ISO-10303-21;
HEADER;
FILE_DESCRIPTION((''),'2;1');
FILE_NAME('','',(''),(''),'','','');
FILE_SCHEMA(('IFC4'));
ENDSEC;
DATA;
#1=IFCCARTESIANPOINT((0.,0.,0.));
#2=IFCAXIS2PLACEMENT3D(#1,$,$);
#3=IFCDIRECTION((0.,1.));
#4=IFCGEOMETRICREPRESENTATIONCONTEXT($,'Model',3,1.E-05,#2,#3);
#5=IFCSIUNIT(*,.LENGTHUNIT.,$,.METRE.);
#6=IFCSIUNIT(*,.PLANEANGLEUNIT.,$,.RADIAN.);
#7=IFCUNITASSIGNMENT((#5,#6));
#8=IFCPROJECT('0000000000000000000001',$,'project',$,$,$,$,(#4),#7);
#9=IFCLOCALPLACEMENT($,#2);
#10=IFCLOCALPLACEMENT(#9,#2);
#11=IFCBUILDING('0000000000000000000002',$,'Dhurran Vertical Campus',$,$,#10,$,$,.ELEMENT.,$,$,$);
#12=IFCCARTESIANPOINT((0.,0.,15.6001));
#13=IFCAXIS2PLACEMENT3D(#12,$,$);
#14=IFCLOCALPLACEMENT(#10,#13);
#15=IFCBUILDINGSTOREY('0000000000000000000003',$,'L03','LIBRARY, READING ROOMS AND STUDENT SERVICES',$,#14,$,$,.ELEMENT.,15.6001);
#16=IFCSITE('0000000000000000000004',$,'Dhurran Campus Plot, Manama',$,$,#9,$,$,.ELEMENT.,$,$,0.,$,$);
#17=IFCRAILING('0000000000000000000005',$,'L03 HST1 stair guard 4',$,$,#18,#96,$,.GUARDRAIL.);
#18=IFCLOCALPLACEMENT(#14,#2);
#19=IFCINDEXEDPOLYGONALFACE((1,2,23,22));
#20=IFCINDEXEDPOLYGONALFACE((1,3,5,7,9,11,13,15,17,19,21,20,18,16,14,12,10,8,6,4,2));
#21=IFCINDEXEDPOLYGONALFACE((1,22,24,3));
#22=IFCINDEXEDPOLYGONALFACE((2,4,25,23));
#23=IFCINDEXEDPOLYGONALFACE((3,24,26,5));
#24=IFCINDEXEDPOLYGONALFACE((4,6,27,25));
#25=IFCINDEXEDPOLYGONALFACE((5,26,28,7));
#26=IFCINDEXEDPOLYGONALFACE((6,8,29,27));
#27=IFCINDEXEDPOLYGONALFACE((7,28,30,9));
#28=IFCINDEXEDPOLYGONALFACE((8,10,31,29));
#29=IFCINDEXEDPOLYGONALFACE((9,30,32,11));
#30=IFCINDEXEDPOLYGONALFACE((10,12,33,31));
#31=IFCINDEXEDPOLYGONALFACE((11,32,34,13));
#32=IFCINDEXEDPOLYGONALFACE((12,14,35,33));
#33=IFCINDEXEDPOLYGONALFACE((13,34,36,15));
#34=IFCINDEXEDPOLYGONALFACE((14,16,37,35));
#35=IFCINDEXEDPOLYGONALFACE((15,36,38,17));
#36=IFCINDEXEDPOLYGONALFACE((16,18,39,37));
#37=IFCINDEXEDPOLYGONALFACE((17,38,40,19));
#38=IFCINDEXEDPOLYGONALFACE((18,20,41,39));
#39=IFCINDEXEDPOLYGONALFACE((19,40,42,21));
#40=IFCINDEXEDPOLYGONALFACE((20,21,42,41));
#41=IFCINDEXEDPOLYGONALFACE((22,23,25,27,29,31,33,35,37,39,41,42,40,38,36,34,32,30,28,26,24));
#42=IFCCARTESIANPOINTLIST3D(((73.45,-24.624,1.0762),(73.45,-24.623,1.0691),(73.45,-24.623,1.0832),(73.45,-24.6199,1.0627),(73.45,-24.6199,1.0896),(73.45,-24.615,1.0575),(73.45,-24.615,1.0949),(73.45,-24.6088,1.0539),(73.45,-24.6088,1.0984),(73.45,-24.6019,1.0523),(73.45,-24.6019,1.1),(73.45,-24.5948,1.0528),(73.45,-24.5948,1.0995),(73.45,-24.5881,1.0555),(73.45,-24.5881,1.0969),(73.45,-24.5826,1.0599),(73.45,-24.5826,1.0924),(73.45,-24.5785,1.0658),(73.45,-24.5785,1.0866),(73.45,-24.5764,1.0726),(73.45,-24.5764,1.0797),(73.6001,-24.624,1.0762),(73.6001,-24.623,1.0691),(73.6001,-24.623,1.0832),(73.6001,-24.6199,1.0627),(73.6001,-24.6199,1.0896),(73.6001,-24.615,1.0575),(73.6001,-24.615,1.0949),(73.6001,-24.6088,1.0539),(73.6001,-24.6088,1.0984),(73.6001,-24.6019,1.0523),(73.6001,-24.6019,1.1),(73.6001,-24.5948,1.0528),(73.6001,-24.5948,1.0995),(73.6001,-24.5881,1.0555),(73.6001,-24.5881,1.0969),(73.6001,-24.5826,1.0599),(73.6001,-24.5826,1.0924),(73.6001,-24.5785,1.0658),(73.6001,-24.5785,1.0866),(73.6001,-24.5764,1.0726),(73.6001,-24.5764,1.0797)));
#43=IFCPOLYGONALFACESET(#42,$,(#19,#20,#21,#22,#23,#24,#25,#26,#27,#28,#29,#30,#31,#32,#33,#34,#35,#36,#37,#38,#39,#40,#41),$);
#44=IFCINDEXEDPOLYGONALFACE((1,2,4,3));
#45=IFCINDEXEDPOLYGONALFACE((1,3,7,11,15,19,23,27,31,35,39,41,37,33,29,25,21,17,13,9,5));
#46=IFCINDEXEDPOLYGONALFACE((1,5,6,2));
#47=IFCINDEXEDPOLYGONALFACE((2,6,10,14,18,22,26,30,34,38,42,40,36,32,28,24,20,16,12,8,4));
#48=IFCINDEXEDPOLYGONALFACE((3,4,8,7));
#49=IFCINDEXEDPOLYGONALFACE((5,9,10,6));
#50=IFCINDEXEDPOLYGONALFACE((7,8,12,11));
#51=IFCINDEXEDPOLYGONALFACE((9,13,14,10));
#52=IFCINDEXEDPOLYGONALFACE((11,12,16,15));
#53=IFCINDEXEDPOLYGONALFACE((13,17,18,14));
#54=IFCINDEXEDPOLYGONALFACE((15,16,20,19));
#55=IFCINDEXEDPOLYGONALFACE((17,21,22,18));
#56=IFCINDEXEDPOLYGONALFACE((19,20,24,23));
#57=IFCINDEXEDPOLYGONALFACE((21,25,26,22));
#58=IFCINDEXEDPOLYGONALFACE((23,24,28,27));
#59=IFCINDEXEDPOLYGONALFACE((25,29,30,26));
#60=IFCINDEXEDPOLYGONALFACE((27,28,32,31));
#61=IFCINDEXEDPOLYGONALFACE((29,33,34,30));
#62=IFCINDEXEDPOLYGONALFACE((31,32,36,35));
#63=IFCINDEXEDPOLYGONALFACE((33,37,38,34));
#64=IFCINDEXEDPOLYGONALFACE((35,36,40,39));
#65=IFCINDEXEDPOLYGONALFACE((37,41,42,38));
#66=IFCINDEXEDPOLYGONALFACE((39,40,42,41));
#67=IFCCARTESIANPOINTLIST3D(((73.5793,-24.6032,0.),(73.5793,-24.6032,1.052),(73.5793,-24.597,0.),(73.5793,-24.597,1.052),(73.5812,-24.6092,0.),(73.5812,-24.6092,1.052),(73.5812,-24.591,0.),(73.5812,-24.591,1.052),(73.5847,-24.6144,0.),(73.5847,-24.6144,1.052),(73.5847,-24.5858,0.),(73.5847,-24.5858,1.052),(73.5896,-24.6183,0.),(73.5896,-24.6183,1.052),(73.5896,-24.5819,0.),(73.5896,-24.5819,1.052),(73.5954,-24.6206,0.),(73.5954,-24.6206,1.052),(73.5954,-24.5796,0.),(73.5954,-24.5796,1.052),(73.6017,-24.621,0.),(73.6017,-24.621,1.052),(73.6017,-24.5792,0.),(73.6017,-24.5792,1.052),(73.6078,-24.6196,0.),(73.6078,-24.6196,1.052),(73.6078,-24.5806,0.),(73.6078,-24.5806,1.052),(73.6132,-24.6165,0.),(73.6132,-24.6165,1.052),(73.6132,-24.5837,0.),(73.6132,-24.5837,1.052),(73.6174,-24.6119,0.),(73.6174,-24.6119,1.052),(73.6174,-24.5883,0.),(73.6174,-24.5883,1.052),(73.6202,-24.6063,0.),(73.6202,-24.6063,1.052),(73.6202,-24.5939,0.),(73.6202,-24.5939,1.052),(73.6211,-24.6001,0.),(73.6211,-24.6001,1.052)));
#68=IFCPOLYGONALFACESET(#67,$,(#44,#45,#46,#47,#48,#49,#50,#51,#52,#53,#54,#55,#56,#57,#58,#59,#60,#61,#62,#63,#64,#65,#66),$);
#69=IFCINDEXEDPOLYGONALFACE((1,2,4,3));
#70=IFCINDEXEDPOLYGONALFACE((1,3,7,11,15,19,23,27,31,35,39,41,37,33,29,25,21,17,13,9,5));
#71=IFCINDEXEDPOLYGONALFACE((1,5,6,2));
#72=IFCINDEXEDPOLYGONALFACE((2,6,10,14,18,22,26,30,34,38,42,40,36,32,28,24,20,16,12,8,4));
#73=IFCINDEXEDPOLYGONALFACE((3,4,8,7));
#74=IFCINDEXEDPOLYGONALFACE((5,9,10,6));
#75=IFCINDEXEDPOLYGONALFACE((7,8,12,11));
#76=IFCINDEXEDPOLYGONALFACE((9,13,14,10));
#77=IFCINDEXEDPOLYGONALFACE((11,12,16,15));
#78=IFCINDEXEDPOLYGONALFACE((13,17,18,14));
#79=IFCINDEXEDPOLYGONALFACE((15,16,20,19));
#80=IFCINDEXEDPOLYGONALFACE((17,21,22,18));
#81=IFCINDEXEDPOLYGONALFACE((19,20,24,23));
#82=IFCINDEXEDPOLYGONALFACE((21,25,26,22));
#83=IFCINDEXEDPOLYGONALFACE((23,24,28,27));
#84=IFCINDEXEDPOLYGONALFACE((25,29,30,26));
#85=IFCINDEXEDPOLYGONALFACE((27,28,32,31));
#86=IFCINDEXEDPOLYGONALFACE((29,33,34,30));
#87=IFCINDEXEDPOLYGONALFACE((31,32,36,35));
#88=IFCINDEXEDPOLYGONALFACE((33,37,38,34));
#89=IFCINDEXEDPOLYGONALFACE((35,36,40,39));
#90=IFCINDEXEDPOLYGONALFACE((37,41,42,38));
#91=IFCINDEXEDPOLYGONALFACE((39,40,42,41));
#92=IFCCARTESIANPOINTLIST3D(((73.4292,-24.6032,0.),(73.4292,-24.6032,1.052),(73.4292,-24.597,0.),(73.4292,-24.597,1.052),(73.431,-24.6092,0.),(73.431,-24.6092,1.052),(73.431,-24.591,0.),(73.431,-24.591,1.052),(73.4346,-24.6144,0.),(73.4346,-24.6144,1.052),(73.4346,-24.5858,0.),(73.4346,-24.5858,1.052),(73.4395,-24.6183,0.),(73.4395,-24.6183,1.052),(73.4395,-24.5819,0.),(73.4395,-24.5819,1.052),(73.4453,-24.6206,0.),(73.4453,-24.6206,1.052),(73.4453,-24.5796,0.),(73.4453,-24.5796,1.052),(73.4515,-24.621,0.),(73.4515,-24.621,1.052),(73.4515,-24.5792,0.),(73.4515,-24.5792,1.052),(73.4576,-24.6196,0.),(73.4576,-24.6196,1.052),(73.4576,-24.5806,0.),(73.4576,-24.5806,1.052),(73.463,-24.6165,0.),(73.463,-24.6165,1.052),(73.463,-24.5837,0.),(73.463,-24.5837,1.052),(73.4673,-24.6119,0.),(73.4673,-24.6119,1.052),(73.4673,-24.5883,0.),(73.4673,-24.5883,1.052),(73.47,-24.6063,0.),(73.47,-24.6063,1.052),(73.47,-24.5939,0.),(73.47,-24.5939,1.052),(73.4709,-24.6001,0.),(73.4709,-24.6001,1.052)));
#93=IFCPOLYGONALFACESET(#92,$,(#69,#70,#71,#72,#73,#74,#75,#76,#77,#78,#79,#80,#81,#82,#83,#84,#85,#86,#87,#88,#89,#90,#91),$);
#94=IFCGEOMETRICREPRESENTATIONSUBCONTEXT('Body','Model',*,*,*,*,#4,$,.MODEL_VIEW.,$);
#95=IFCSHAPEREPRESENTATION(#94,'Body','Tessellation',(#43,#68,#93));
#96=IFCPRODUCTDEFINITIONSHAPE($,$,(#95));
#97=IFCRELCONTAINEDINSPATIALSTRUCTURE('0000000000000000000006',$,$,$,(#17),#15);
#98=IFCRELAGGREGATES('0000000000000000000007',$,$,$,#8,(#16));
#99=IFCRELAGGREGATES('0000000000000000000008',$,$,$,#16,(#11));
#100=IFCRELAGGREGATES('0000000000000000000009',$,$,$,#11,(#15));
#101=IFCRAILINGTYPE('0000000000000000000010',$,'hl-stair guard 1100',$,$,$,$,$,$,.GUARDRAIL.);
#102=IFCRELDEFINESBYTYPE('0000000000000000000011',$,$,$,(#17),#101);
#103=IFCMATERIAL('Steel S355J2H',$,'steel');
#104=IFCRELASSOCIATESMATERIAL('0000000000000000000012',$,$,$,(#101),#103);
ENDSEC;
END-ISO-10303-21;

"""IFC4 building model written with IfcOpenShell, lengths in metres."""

from ifc_helpers import new_model, si_unit, direction, frame, origin, origin_2d, place, context, subcontext, project, spatial, circle, extrude, material, type_object, element, save


model = new_model("IFC4")

# Units and contexts
model_context = context("Model", 3, precision=1e-05, world=origin(), true_north=direction((0.0, 1.0)))
body_context = subcontext(model_context, "Body", "Model", "MODEL_VIEW")
ifc_project = project(units=[si_unit("LENGTHUNIT", "METRE"), si_unit("PLANEANGLEUNIT", "RADIAN")], contexts=[model_context])

# Site, building, storey
site_placement = place(None, origin())
site = spatial("IfcSite", under=ifc_project, at=site_placement, Name="Dhurran Campus Plot, Manama", CompositionType="ELEMENT", RefElevation=0.0)
building_placement = place(site_placement, origin())
building = spatial("IfcBuilding", under=site, at=building_placement, Name="Dhurran Vertical Campus", CompositionType="ELEMENT")
storey_placement = place(building_placement, frame((0.0, 0.0, 15.6001)))
storey = spatial("IfcBuildingStorey", under=building, at=storey_placement, Name="L03", Description="LIBRARY, READING ROOMS AND STUDENT SERVICES", CompositionType="ELEMENT", Elevation=15.6001)

# Railing
ifc_material_1 = material(Name="Steel S355J2H", Category="steel")
railing_type_1 = type_object("IfcRailingType", Name="hl-stair guard 1100", PredefinedType="GUARDRAIL", material=ifc_material_1)
railing_1_placement = place(storey_placement, frame((73.6001, -24.6001, 0.0)))
element("IfcRailing", 1, at=railing_1_placement, inside=storey, type_object=railing_type_1, Name="L03 HST1 stair guard 4", PredefinedType="GUARDRAIL", context=body_context, shape_type="SweptSolid", body=[
    extrude(circle(Radius=0.0239, at=origin_2d()), frame((0.0, 0.0, 1.0762), z_axis=(-1.0, 0.0, 0.0), x_axis=(0.0, -1.0, 0.0)), (0.0, 0.0, 1.0), 0.1501),
    extrude(circle(Radius=0.021, at=origin_2d()), origin(), (0.0, 0.0, 1.0), 1.052),
    extrude(circle(Radius=0.021, at=origin_2d()), frame((-0.1501, 0.0, 0.0)), (0.0, 0.0, 1.0), 1.052),
])

save(model, "model.ifc")
